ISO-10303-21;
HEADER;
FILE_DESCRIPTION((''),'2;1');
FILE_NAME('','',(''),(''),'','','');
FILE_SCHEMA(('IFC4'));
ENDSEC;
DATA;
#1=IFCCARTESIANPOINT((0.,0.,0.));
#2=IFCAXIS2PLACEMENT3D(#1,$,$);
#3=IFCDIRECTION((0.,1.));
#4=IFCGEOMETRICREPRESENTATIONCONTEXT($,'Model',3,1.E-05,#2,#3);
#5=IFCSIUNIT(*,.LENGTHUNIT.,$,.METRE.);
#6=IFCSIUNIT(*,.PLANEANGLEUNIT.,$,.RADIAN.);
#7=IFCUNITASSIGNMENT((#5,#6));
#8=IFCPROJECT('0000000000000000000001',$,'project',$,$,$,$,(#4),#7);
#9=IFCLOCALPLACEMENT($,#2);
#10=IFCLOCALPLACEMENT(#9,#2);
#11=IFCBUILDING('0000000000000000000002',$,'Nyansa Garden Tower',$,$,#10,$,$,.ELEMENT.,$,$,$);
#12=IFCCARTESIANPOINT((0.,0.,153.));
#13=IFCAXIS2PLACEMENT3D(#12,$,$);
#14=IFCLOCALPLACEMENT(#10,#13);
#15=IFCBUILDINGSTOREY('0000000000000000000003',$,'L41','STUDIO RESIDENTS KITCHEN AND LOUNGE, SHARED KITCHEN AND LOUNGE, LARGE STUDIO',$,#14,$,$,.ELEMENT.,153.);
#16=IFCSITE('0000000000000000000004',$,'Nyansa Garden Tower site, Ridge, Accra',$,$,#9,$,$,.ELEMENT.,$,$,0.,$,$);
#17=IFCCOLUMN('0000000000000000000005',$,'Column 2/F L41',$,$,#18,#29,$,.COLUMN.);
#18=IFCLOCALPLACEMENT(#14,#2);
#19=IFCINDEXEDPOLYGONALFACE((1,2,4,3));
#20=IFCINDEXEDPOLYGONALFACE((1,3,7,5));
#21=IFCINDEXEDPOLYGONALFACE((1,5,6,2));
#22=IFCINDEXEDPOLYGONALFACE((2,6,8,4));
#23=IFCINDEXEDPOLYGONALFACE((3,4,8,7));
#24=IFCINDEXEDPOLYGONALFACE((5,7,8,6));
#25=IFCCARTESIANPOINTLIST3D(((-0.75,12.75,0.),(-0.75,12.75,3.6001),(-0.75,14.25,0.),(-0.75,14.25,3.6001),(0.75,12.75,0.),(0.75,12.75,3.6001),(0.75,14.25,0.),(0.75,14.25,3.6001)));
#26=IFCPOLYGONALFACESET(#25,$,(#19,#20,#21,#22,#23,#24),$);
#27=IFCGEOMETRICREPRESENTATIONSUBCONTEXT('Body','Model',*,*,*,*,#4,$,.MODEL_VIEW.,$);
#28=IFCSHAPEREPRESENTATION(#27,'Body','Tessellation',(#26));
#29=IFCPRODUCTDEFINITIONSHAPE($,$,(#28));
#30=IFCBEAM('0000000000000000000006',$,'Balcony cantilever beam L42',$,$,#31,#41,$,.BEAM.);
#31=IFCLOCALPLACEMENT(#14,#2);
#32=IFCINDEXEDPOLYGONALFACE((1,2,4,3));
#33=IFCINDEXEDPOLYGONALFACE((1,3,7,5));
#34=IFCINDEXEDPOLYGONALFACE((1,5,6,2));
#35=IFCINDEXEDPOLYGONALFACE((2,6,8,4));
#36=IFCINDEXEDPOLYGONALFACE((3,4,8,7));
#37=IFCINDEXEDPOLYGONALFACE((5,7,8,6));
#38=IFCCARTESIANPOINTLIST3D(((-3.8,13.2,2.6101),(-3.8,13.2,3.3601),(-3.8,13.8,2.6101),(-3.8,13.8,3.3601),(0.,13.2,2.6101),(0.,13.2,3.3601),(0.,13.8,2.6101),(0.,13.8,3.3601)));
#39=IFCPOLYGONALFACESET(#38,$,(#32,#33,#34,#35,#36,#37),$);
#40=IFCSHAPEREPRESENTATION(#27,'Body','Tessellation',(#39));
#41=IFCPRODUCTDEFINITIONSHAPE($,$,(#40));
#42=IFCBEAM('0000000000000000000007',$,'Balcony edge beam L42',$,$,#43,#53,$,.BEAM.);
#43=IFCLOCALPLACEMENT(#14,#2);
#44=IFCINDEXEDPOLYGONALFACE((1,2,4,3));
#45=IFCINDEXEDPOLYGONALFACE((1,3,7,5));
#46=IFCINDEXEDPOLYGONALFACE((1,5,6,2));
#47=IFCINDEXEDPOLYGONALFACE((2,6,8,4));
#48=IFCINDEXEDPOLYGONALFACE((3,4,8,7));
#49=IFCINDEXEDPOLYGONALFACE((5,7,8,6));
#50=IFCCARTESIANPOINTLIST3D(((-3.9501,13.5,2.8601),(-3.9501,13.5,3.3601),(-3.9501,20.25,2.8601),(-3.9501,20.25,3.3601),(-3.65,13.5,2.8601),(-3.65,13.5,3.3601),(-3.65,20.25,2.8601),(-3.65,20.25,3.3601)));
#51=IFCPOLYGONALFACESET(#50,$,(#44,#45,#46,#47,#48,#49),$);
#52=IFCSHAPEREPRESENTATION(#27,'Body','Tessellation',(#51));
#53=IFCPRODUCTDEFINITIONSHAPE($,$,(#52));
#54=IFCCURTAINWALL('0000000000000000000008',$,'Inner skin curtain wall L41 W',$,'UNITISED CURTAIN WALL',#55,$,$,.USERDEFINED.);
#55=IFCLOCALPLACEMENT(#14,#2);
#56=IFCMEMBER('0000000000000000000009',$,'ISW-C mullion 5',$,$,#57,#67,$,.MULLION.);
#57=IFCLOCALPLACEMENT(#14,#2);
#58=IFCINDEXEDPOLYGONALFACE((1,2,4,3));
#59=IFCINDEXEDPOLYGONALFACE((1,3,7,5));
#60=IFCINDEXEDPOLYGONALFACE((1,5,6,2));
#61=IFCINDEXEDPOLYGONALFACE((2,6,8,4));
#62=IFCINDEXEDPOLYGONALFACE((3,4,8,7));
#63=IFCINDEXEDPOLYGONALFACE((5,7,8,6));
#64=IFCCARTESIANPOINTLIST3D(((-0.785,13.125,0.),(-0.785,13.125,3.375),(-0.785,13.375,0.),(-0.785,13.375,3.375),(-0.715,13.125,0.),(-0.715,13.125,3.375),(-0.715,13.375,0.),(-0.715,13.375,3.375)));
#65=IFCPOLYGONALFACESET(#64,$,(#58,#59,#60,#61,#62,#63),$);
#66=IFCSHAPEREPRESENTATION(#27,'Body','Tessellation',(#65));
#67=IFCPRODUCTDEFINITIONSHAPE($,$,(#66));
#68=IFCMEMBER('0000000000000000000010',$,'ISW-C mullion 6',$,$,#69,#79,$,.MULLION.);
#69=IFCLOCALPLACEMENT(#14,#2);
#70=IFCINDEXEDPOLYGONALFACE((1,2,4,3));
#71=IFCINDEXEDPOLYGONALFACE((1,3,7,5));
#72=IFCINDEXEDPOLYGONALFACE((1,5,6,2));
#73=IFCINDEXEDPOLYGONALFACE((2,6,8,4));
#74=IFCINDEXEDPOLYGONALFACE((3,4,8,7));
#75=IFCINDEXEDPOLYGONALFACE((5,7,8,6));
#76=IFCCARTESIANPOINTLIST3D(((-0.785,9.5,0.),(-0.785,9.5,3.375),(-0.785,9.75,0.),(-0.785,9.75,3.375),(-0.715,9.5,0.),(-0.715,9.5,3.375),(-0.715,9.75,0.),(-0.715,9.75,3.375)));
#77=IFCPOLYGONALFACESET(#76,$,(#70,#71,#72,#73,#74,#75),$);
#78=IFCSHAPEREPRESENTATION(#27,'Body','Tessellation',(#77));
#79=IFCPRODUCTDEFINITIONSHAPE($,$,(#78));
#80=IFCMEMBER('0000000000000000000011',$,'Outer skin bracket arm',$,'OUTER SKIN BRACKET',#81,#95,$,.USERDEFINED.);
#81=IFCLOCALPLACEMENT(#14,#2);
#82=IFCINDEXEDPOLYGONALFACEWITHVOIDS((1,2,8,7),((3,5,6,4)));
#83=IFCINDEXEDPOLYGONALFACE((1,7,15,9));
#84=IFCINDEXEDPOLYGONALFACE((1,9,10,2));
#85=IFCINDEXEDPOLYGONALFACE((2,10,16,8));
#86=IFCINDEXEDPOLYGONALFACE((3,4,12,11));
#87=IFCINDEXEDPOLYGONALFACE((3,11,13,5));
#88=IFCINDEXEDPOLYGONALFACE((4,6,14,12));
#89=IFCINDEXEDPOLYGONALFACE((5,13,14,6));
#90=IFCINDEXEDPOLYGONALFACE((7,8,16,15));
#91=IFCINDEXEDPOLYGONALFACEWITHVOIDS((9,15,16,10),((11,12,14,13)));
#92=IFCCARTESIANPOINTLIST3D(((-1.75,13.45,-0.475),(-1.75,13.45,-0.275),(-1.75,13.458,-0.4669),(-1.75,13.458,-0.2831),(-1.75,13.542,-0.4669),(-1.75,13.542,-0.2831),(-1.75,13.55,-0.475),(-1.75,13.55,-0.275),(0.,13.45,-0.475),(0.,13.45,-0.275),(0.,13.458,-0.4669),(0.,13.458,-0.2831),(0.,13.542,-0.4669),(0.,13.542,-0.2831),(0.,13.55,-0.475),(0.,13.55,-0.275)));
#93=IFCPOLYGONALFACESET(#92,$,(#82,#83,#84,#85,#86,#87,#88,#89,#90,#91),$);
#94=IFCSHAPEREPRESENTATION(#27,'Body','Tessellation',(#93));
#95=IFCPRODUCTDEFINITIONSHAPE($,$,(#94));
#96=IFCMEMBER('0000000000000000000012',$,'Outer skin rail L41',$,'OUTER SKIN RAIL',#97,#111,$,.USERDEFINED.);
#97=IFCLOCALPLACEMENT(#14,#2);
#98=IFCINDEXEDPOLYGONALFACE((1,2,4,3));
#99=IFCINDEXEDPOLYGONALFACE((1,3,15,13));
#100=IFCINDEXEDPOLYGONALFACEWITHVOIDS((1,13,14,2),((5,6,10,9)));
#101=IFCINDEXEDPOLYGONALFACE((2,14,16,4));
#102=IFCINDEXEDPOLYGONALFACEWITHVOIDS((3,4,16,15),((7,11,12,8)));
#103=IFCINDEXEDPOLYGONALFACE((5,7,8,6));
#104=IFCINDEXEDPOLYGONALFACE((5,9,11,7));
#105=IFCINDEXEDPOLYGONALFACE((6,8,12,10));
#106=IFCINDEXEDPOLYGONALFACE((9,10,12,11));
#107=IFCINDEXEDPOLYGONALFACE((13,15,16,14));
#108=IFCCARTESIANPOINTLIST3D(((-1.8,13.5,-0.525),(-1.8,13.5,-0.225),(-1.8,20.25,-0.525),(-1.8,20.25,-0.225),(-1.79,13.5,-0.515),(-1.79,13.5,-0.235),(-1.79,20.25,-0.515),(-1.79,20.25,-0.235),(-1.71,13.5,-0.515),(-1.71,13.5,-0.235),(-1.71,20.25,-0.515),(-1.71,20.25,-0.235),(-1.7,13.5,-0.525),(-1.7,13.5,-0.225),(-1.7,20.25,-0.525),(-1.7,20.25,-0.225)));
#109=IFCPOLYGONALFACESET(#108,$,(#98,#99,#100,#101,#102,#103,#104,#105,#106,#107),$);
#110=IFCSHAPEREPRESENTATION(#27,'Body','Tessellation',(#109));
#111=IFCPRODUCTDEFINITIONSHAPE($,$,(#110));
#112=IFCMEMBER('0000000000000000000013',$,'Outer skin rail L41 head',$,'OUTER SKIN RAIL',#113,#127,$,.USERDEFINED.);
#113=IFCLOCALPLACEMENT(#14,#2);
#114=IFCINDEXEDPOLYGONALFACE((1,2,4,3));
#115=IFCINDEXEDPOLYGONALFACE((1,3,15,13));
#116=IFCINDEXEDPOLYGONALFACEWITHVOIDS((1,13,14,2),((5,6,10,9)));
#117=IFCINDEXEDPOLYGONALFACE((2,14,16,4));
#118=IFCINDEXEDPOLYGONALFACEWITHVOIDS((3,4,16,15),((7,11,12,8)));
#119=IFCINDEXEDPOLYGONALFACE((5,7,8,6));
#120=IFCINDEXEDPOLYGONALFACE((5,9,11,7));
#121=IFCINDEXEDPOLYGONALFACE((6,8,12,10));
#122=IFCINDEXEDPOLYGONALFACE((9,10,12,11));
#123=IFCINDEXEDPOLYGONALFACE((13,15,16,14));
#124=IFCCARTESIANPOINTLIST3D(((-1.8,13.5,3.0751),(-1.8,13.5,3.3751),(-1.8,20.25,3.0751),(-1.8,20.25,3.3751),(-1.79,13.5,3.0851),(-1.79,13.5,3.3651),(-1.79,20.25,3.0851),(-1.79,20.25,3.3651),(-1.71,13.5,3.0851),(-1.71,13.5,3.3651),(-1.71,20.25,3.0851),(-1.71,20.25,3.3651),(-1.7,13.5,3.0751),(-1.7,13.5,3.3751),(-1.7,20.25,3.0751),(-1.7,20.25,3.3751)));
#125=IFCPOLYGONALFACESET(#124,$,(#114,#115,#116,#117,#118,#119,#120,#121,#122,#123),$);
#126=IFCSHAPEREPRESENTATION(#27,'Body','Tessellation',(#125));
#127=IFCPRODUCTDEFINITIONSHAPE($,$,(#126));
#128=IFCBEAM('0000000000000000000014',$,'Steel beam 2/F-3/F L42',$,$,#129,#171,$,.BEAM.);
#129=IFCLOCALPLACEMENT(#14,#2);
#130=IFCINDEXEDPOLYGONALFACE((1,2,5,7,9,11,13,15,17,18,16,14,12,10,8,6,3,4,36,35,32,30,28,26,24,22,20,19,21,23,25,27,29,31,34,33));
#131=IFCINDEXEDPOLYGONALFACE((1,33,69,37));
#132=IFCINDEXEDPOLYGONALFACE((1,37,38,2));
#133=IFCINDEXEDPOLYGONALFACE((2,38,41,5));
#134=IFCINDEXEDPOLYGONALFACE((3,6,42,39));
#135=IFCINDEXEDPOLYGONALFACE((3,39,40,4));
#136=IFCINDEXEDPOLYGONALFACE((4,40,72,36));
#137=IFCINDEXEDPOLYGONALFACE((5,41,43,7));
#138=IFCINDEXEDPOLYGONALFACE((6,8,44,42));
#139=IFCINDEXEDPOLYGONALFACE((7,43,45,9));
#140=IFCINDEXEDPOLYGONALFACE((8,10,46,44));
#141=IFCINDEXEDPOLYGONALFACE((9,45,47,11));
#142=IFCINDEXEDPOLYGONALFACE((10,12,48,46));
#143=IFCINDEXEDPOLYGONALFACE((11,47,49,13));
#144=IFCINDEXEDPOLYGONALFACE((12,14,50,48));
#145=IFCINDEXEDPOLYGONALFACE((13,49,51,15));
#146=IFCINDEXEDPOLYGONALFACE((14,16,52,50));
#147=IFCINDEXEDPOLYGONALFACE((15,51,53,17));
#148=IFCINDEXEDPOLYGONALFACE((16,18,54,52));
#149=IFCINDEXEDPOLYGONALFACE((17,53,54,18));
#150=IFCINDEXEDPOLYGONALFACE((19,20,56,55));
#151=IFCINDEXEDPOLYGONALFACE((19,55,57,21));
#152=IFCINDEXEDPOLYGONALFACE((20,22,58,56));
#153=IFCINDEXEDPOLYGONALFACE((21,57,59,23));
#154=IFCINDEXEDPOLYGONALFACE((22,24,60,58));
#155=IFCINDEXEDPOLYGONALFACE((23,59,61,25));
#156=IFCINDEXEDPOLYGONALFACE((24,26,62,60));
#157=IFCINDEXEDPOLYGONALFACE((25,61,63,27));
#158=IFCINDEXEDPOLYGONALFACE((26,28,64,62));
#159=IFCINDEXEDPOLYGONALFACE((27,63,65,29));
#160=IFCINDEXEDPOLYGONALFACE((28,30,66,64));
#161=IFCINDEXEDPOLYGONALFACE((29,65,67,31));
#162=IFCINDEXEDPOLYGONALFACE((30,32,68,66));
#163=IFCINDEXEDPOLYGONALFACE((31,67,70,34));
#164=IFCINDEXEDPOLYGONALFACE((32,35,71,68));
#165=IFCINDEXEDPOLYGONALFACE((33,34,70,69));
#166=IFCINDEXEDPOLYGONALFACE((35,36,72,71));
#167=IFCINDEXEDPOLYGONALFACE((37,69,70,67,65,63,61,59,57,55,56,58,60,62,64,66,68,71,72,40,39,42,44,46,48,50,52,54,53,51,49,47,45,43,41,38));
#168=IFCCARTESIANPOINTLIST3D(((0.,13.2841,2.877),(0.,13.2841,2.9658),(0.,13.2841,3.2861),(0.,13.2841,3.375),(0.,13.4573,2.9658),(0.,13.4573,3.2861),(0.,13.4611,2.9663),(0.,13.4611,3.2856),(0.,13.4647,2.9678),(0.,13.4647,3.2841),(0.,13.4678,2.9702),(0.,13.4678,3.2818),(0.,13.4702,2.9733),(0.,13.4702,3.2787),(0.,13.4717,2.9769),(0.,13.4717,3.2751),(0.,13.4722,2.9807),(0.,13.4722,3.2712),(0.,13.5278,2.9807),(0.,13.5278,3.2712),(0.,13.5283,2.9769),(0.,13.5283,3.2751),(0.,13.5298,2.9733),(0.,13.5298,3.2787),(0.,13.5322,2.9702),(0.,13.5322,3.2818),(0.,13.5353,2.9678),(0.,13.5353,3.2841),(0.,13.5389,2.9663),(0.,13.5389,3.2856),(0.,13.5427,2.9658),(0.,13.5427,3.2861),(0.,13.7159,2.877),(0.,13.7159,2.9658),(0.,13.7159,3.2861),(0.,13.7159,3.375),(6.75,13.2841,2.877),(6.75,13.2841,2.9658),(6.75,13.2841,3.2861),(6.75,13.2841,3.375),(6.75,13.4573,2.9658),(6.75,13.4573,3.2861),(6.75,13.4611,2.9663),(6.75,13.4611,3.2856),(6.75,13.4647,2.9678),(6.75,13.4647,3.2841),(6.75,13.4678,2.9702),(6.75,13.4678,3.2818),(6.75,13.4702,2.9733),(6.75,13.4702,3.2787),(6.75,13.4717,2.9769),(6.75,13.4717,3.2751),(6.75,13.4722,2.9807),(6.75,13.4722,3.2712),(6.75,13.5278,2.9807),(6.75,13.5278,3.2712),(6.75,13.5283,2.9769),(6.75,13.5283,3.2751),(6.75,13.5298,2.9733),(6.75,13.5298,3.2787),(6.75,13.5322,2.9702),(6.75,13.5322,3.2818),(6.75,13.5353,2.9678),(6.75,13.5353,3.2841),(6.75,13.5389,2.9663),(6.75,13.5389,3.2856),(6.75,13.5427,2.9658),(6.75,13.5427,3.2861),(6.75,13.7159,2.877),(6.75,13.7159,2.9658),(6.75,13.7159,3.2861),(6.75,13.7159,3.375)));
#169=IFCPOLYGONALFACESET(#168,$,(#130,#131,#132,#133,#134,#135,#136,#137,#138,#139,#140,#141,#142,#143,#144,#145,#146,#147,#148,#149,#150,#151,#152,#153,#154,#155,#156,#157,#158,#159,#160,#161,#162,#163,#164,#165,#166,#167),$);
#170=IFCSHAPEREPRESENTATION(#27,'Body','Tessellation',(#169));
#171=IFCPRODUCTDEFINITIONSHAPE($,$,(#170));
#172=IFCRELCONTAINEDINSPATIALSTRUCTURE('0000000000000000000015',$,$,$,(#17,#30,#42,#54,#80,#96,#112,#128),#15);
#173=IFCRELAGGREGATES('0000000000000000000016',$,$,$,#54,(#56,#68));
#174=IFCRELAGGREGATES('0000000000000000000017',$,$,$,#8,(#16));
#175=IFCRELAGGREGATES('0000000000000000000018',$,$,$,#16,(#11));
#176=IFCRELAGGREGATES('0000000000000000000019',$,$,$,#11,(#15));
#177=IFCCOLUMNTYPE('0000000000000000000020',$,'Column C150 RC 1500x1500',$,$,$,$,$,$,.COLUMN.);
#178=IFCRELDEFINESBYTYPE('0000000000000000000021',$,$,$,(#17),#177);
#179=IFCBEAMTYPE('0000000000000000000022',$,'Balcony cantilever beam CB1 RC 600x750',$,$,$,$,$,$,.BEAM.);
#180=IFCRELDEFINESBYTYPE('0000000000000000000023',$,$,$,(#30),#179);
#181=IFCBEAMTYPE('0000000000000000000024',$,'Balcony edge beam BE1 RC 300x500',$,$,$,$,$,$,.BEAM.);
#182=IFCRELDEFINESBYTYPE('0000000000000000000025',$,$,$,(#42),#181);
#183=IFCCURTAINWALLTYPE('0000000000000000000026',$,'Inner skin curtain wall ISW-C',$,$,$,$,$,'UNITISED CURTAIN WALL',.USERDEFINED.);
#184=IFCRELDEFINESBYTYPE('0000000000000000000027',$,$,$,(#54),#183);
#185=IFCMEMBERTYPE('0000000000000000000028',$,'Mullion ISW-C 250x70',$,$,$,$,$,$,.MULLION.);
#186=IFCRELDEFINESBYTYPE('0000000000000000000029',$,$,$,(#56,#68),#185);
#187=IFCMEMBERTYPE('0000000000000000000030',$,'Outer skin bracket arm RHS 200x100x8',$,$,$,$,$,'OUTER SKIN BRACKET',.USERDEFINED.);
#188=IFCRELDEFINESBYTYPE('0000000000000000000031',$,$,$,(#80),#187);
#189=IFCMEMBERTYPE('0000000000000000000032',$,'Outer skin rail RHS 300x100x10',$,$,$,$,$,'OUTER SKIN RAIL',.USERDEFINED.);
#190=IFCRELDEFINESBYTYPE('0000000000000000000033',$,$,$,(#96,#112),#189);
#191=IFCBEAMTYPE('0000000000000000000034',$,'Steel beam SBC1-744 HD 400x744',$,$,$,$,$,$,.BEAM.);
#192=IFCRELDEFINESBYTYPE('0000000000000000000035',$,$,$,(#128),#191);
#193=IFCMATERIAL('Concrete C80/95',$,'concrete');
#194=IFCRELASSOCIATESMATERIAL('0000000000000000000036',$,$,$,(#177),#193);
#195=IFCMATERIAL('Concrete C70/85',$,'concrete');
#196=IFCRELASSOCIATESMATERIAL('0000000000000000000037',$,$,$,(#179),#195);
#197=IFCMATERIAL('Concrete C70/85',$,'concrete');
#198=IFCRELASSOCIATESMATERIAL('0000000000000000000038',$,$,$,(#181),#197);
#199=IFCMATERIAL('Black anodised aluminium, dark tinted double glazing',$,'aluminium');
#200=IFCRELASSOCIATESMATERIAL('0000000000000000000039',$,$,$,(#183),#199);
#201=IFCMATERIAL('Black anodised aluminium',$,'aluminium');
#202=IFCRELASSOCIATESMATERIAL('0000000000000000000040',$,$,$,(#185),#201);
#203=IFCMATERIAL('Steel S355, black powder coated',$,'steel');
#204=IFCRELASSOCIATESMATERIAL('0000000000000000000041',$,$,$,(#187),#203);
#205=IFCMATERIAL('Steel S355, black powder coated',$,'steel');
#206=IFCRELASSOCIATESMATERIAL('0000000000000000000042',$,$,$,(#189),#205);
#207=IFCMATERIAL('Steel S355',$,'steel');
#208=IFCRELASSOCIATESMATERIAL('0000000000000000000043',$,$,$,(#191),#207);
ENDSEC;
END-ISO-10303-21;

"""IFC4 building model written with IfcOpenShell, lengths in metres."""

from ifc_helpers import new_model, si_unit, direction, frame, origin, origin_2d, place, context, subcontext, project, spatial, rectangle, hollow_rectangle, i_section, extrude, material, material_profile, profile_set, type_object, element, aggregate, save


model = new_model("IFC4")

# Units and contexts
model_context = context("Model", 3, precision=1e-05, world=origin(), true_north=direction((0.0, 1.0)))
body_context = subcontext(model_context, "Body", "Model", "MODEL_VIEW")
ifc_project = project(units=[si_unit("LENGTHUNIT", "METRE"), si_unit("PLANEANGLEUNIT", "RADIAN")], contexts=[model_context])

# Site, building, storey
site_placement = place(None, origin())
site = spatial("IfcSite", under=ifc_project, at=site_placement, Name="Nyansa Garden Tower site, Ridge, Accra", CompositionType="ELEMENT", RefElevation=0.0)
building_placement = place(site_placement, origin())
building = spatial("IfcBuilding", under=site, at=building_placement, Name="Nyansa Garden Tower", CompositionType="ELEMENT")
storey_placement = place(building_placement, frame((0.0, 0.0, 153.0)))
storey = spatial("IfcBuildingStorey", under=building, at=storey_placement, Name="L41", Description="STUDIO RESIDENTS KITCHEN AND LOUNGE, SHARED KITCHEN AND LOUNGE, LARGE STUDIO", CompositionType="ELEMENT", Elevation=153.0)

# Column
ifc_material_1 = material(Name="Concrete C80/95", Category="concrete")
ifc_material_profile_1 = material_profile(ifc_material_1, rectangle(XDim=1.5, YDim=1.5, at=origin_2d()), Name="RC 1500x1500")
ifc_profile_set_1 = profile_set([ifc_material_profile_1], Name="Concrete C80/95")
column_type = type_object("IfcColumnType", Name="Column C150 RC 1500x1500", PredefinedType="COLUMN", material=ifc_profile_set_1)
column_placement = place(storey_placement, frame((0.0, 13.5, 0.0), z_axis=(0.0, 0.0, 1.0), x_axis=(1.0, 0.0, 0.0)))
element("IfcColumn", 1, at=column_placement, inside=storey, type_object=column_type, Name="Column 2/F L41", PredefinedType="COLUMN", context=body_context, shape_type="SweptSolid", body=[
    extrude(rectangle(XDim=1.5, YDim=1.5, at=origin_2d()), origin(), (0.0, 0.0, 1.0), 3.6001),
])

# Beams
ifc_material_2 = material(Name="Concrete C70/85", Category="concrete")
ifc_material_profile_2 = material_profile(ifc_material_2, rectangle(XDim=0.6001, YDim=0.75, at=origin_2d()), Name="RC 600x750")
ifc_profile_set_2 = profile_set([ifc_material_profile_2], Name="Concrete C70/85")
beam_type_1 = type_object("IfcBeamType", Name="Balcony cantilever beam CB1 RC 600x750", PredefinedType="BEAM", material=ifc_profile_set_2)
beam_1_placement = place(storey_placement, frame((0.0, 13.5, 2.9851), z_axis=(-1.0, 0.0, 0.0), x_axis=(0.0, -1.0, 0.0)))
element("IfcBeam", 2, at=beam_1_placement, inside=storey, type_object=beam_type_1, Name="Balcony cantilever beam L42", PredefinedType="BEAM", context=body_context, shape_type="SweptSolid", body=[
    extrude(rectangle(XDim=0.6001, YDim=0.75, at=origin_2d()), origin(), (0.0, 0.0, 1.0), 3.8),
])
ifc_material_3 = material(Name="Concrete C70/85", Category="concrete")
ifc_material_profile_3 = material_profile(ifc_material_3, rectangle(XDim=0.3, YDim=0.5, at=origin_2d()), Name="RC 300x500")
ifc_profile_set_3 = profile_set([ifc_material_profile_3], Name="Concrete C70/85")
beam_type_2 = type_object("IfcBeamType", Name="Balcony edge beam BE1 RC 300x500", PredefinedType="BEAM", material=ifc_profile_set_3)
beam_2_placement = place(storey_placement, frame((-3.8, 13.5, 3.1101), z_axis=(0.0, 1.0, 0.0), x_axis=(-1.0, 0.0, 0.0)))
element("IfcBeam", 3, at=beam_2_placement, inside=storey, type_object=beam_type_2, Name="Balcony edge beam L42", PredefinedType="BEAM", context=body_context, shape_type="SweptSolid", body=[
    extrude(rectangle(XDim=0.3, YDim=0.5, at=origin_2d()), origin(), (0.0, 0.0, 1.0), 6.75),
])

# Curtain wall, members
ifc_material_4 = material(Name="Black anodised aluminium, dark tinted double glazing", Category="aluminium")
curtain_wall_type = type_object("IfcCurtainWallType", Name="Inner skin curtain wall ISW-C", ElementType="UNITISED CURTAIN WALL", PredefinedType="USERDEFINED", material=ifc_material_4)
curtain_wall_placement = place(storey_placement, origin())
curtain_wall = element("IfcCurtainWall", 4, at=curtain_wall_placement, inside=storey, type_object=curtain_wall_type, Name="Inner skin curtain wall L41 W", ObjectType="UNITISED CURTAIN WALL", PredefinedType="USERDEFINED")
ifc_material_5 = material(Name="Black anodised aluminium", Category="aluminium")
ifc_material_profile_4 = material_profile(ifc_material_5, rectangle(XDim=0.0701, YDim=0.25, at=origin_2d()), Name="Mullion 250x70")
ifc_profile_set_4 = profile_set([ifc_material_profile_4], Name="Black anodised aluminium")
member_type_1 = type_object("IfcMemberType", Name="Mullion ISW-C 250x70", PredefinedType="MULLION", material=ifc_profile_set_4)
member_1_placement = place(storey_placement, frame((-0.75, 13.25, 0.0), z_axis=(0.0, 0.0, 1.0), x_axis=(1.0, 0.0, 0.0)))
member_1 = element("IfcMember", 5, at=member_1_placement, type_object=member_type_1, Name="ISW-C mullion 5", PredefinedType="MULLION", context=body_context, shape_type="SweptSolid", body=[
    extrude(rectangle(XDim=0.0701, YDim=0.25, at=origin_2d()), origin(), (0.0, 0.0, 1.0), 3.375),
])
member_2_placement = place(storey_placement, frame((-0.75, 9.625, 0.0), z_axis=(0.0, 0.0, 1.0), x_axis=(1.0, 0.0, 0.0)))
member_2 = element("IfcMember", 6, at=member_2_placement, type_object=member_type_1, Name="ISW-C mullion 6", PredefinedType="MULLION", context=body_context, shape_type="SweptSolid", body=[
    extrude(rectangle(XDim=0.0701, YDim=0.25, at=origin_2d()), origin(), (0.0, 0.0, 1.0), 3.375),
])

# Members
ifc_material_6 = material(Name="Steel S355, black powder coated", Category="steel")
ifc_material_profile_5 = material_profile(ifc_material_6, hollow_rectangle(XDim=0.1001, YDim=0.2, WallThickness=0.0081, at=origin_2d()), Name="RHS 200x100x8")
ifc_profile_set_5 = profile_set([ifc_material_profile_5], Name="Steel S355, black powder coated")
member_type_2 = type_object("IfcMemberType", Name="Outer skin bracket arm RHS 200x100x8", ElementType="OUTER SKIN BRACKET", PredefinedType="USERDEFINED", material=ifc_profile_set_5)
member_3_placement = place(storey_placement, frame((0.0, 13.5, -0.375), z_axis=(-1.0, 0.0, 0.0), x_axis=(0.0, -1.0, 0.0)))
element("IfcMember", 7, at=member_3_placement, inside=storey, type_object=member_type_2, Name="Outer skin bracket arm", ObjectType="OUTER SKIN BRACKET", PredefinedType="USERDEFINED", context=body_context, shape_type="SweptSolid", body=[
    extrude(hollow_rectangle(XDim=0.1001, YDim=0.2, WallThickness=0.0081, at=origin_2d()), origin(), (0.0, 0.0, 1.0), 1.75),
])
ifc_material_7 = material(Name="Steel S355, black powder coated", Category="steel")
ifc_material_profile_6 = material_profile(ifc_material_7, hollow_rectangle(XDim=0.1001, YDim=0.3, WallThickness=0.01, at=origin_2d()), Name="RHS 300x100x10")
ifc_profile_set_6 = profile_set([ifc_material_profile_6], Name="Steel S355, black powder coated")
member_type_3 = type_object("IfcMemberType", Name="Outer skin rail RHS 300x100x10", ElementType="OUTER SKIN RAIL", PredefinedType="USERDEFINED", material=ifc_profile_set_6)
for number, where, z_axis, x_axis, name in (
    (8, (-1.75, 13.5, -0.375), (0.0, 1.0, 0.0), (-1.0, 0.0, 0.0), "Outer skin rail L41"),
    (9, (-1.75, 13.5, 3.2251), (0.0, 1.0, 0.0), (-1.0, 0.0, 0.0), "Outer skin rail L41 head"),
):
    element("IfcMember", number, at=place(storey_placement, frame(where, z_axis=z_axis, x_axis=x_axis)), inside=storey, type_object=member_type_3, Name=name, ObjectType="OUTER SKIN RAIL", PredefinedType="USERDEFINED", context=body_context, shape_type="SweptSolid", body=[
        extrude(hollow_rectangle(XDim=0.1001, YDim=0.3, WallThickness=0.01, at=origin_2d()), origin(), (0.0, 0.0, 1.0), 6.75),
    ])

# Beam
ifc_material_8 = material(Name="Steel S355", Category="steel")
ifc_material_profile_7 = material_profile(ifc_material_8, i_section(OverallWidth=0.4319, OverallDepth=0.498, WebThickness=0.0557, FlangeThickness=0.0889, FilletRadius=0.0149, at=origin_2d()), Name="HD 400x744")
ifc_profile_set_7 = profile_set([ifc_material_profile_7], Name="Steel S355")
beam_type_3 = type_object("IfcBeamType", Name="Steel beam SBC1-744 HD 400x744", PredefinedType="BEAM", material=ifc_profile_set_7)
beam_3_placement = place(storey_placement, frame((0.0, 13.5, 3.126), z_axis=(1.0, 0.0, 0.0), x_axis=(0.0, 1.0, 0.0)))
element("IfcBeam", 10, at=beam_3_placement, inside=storey, type_object=beam_type_3, Name="Steel beam 2/F-3/F L42", PredefinedType="BEAM", context=body_context, shape_type="SweptSolid", body=[
    extrude(i_section(OverallWidth=0.4319, OverallDepth=0.498, WebThickness=0.0557, FlangeThickness=0.0889, FilletRadius=0.0149, at=origin_2d()), origin(), (0.0, 0.0, 1.0), 6.75),
])

aggregate(curtain_wall, [member_1, member_2])

save(model, "model.ifc")
